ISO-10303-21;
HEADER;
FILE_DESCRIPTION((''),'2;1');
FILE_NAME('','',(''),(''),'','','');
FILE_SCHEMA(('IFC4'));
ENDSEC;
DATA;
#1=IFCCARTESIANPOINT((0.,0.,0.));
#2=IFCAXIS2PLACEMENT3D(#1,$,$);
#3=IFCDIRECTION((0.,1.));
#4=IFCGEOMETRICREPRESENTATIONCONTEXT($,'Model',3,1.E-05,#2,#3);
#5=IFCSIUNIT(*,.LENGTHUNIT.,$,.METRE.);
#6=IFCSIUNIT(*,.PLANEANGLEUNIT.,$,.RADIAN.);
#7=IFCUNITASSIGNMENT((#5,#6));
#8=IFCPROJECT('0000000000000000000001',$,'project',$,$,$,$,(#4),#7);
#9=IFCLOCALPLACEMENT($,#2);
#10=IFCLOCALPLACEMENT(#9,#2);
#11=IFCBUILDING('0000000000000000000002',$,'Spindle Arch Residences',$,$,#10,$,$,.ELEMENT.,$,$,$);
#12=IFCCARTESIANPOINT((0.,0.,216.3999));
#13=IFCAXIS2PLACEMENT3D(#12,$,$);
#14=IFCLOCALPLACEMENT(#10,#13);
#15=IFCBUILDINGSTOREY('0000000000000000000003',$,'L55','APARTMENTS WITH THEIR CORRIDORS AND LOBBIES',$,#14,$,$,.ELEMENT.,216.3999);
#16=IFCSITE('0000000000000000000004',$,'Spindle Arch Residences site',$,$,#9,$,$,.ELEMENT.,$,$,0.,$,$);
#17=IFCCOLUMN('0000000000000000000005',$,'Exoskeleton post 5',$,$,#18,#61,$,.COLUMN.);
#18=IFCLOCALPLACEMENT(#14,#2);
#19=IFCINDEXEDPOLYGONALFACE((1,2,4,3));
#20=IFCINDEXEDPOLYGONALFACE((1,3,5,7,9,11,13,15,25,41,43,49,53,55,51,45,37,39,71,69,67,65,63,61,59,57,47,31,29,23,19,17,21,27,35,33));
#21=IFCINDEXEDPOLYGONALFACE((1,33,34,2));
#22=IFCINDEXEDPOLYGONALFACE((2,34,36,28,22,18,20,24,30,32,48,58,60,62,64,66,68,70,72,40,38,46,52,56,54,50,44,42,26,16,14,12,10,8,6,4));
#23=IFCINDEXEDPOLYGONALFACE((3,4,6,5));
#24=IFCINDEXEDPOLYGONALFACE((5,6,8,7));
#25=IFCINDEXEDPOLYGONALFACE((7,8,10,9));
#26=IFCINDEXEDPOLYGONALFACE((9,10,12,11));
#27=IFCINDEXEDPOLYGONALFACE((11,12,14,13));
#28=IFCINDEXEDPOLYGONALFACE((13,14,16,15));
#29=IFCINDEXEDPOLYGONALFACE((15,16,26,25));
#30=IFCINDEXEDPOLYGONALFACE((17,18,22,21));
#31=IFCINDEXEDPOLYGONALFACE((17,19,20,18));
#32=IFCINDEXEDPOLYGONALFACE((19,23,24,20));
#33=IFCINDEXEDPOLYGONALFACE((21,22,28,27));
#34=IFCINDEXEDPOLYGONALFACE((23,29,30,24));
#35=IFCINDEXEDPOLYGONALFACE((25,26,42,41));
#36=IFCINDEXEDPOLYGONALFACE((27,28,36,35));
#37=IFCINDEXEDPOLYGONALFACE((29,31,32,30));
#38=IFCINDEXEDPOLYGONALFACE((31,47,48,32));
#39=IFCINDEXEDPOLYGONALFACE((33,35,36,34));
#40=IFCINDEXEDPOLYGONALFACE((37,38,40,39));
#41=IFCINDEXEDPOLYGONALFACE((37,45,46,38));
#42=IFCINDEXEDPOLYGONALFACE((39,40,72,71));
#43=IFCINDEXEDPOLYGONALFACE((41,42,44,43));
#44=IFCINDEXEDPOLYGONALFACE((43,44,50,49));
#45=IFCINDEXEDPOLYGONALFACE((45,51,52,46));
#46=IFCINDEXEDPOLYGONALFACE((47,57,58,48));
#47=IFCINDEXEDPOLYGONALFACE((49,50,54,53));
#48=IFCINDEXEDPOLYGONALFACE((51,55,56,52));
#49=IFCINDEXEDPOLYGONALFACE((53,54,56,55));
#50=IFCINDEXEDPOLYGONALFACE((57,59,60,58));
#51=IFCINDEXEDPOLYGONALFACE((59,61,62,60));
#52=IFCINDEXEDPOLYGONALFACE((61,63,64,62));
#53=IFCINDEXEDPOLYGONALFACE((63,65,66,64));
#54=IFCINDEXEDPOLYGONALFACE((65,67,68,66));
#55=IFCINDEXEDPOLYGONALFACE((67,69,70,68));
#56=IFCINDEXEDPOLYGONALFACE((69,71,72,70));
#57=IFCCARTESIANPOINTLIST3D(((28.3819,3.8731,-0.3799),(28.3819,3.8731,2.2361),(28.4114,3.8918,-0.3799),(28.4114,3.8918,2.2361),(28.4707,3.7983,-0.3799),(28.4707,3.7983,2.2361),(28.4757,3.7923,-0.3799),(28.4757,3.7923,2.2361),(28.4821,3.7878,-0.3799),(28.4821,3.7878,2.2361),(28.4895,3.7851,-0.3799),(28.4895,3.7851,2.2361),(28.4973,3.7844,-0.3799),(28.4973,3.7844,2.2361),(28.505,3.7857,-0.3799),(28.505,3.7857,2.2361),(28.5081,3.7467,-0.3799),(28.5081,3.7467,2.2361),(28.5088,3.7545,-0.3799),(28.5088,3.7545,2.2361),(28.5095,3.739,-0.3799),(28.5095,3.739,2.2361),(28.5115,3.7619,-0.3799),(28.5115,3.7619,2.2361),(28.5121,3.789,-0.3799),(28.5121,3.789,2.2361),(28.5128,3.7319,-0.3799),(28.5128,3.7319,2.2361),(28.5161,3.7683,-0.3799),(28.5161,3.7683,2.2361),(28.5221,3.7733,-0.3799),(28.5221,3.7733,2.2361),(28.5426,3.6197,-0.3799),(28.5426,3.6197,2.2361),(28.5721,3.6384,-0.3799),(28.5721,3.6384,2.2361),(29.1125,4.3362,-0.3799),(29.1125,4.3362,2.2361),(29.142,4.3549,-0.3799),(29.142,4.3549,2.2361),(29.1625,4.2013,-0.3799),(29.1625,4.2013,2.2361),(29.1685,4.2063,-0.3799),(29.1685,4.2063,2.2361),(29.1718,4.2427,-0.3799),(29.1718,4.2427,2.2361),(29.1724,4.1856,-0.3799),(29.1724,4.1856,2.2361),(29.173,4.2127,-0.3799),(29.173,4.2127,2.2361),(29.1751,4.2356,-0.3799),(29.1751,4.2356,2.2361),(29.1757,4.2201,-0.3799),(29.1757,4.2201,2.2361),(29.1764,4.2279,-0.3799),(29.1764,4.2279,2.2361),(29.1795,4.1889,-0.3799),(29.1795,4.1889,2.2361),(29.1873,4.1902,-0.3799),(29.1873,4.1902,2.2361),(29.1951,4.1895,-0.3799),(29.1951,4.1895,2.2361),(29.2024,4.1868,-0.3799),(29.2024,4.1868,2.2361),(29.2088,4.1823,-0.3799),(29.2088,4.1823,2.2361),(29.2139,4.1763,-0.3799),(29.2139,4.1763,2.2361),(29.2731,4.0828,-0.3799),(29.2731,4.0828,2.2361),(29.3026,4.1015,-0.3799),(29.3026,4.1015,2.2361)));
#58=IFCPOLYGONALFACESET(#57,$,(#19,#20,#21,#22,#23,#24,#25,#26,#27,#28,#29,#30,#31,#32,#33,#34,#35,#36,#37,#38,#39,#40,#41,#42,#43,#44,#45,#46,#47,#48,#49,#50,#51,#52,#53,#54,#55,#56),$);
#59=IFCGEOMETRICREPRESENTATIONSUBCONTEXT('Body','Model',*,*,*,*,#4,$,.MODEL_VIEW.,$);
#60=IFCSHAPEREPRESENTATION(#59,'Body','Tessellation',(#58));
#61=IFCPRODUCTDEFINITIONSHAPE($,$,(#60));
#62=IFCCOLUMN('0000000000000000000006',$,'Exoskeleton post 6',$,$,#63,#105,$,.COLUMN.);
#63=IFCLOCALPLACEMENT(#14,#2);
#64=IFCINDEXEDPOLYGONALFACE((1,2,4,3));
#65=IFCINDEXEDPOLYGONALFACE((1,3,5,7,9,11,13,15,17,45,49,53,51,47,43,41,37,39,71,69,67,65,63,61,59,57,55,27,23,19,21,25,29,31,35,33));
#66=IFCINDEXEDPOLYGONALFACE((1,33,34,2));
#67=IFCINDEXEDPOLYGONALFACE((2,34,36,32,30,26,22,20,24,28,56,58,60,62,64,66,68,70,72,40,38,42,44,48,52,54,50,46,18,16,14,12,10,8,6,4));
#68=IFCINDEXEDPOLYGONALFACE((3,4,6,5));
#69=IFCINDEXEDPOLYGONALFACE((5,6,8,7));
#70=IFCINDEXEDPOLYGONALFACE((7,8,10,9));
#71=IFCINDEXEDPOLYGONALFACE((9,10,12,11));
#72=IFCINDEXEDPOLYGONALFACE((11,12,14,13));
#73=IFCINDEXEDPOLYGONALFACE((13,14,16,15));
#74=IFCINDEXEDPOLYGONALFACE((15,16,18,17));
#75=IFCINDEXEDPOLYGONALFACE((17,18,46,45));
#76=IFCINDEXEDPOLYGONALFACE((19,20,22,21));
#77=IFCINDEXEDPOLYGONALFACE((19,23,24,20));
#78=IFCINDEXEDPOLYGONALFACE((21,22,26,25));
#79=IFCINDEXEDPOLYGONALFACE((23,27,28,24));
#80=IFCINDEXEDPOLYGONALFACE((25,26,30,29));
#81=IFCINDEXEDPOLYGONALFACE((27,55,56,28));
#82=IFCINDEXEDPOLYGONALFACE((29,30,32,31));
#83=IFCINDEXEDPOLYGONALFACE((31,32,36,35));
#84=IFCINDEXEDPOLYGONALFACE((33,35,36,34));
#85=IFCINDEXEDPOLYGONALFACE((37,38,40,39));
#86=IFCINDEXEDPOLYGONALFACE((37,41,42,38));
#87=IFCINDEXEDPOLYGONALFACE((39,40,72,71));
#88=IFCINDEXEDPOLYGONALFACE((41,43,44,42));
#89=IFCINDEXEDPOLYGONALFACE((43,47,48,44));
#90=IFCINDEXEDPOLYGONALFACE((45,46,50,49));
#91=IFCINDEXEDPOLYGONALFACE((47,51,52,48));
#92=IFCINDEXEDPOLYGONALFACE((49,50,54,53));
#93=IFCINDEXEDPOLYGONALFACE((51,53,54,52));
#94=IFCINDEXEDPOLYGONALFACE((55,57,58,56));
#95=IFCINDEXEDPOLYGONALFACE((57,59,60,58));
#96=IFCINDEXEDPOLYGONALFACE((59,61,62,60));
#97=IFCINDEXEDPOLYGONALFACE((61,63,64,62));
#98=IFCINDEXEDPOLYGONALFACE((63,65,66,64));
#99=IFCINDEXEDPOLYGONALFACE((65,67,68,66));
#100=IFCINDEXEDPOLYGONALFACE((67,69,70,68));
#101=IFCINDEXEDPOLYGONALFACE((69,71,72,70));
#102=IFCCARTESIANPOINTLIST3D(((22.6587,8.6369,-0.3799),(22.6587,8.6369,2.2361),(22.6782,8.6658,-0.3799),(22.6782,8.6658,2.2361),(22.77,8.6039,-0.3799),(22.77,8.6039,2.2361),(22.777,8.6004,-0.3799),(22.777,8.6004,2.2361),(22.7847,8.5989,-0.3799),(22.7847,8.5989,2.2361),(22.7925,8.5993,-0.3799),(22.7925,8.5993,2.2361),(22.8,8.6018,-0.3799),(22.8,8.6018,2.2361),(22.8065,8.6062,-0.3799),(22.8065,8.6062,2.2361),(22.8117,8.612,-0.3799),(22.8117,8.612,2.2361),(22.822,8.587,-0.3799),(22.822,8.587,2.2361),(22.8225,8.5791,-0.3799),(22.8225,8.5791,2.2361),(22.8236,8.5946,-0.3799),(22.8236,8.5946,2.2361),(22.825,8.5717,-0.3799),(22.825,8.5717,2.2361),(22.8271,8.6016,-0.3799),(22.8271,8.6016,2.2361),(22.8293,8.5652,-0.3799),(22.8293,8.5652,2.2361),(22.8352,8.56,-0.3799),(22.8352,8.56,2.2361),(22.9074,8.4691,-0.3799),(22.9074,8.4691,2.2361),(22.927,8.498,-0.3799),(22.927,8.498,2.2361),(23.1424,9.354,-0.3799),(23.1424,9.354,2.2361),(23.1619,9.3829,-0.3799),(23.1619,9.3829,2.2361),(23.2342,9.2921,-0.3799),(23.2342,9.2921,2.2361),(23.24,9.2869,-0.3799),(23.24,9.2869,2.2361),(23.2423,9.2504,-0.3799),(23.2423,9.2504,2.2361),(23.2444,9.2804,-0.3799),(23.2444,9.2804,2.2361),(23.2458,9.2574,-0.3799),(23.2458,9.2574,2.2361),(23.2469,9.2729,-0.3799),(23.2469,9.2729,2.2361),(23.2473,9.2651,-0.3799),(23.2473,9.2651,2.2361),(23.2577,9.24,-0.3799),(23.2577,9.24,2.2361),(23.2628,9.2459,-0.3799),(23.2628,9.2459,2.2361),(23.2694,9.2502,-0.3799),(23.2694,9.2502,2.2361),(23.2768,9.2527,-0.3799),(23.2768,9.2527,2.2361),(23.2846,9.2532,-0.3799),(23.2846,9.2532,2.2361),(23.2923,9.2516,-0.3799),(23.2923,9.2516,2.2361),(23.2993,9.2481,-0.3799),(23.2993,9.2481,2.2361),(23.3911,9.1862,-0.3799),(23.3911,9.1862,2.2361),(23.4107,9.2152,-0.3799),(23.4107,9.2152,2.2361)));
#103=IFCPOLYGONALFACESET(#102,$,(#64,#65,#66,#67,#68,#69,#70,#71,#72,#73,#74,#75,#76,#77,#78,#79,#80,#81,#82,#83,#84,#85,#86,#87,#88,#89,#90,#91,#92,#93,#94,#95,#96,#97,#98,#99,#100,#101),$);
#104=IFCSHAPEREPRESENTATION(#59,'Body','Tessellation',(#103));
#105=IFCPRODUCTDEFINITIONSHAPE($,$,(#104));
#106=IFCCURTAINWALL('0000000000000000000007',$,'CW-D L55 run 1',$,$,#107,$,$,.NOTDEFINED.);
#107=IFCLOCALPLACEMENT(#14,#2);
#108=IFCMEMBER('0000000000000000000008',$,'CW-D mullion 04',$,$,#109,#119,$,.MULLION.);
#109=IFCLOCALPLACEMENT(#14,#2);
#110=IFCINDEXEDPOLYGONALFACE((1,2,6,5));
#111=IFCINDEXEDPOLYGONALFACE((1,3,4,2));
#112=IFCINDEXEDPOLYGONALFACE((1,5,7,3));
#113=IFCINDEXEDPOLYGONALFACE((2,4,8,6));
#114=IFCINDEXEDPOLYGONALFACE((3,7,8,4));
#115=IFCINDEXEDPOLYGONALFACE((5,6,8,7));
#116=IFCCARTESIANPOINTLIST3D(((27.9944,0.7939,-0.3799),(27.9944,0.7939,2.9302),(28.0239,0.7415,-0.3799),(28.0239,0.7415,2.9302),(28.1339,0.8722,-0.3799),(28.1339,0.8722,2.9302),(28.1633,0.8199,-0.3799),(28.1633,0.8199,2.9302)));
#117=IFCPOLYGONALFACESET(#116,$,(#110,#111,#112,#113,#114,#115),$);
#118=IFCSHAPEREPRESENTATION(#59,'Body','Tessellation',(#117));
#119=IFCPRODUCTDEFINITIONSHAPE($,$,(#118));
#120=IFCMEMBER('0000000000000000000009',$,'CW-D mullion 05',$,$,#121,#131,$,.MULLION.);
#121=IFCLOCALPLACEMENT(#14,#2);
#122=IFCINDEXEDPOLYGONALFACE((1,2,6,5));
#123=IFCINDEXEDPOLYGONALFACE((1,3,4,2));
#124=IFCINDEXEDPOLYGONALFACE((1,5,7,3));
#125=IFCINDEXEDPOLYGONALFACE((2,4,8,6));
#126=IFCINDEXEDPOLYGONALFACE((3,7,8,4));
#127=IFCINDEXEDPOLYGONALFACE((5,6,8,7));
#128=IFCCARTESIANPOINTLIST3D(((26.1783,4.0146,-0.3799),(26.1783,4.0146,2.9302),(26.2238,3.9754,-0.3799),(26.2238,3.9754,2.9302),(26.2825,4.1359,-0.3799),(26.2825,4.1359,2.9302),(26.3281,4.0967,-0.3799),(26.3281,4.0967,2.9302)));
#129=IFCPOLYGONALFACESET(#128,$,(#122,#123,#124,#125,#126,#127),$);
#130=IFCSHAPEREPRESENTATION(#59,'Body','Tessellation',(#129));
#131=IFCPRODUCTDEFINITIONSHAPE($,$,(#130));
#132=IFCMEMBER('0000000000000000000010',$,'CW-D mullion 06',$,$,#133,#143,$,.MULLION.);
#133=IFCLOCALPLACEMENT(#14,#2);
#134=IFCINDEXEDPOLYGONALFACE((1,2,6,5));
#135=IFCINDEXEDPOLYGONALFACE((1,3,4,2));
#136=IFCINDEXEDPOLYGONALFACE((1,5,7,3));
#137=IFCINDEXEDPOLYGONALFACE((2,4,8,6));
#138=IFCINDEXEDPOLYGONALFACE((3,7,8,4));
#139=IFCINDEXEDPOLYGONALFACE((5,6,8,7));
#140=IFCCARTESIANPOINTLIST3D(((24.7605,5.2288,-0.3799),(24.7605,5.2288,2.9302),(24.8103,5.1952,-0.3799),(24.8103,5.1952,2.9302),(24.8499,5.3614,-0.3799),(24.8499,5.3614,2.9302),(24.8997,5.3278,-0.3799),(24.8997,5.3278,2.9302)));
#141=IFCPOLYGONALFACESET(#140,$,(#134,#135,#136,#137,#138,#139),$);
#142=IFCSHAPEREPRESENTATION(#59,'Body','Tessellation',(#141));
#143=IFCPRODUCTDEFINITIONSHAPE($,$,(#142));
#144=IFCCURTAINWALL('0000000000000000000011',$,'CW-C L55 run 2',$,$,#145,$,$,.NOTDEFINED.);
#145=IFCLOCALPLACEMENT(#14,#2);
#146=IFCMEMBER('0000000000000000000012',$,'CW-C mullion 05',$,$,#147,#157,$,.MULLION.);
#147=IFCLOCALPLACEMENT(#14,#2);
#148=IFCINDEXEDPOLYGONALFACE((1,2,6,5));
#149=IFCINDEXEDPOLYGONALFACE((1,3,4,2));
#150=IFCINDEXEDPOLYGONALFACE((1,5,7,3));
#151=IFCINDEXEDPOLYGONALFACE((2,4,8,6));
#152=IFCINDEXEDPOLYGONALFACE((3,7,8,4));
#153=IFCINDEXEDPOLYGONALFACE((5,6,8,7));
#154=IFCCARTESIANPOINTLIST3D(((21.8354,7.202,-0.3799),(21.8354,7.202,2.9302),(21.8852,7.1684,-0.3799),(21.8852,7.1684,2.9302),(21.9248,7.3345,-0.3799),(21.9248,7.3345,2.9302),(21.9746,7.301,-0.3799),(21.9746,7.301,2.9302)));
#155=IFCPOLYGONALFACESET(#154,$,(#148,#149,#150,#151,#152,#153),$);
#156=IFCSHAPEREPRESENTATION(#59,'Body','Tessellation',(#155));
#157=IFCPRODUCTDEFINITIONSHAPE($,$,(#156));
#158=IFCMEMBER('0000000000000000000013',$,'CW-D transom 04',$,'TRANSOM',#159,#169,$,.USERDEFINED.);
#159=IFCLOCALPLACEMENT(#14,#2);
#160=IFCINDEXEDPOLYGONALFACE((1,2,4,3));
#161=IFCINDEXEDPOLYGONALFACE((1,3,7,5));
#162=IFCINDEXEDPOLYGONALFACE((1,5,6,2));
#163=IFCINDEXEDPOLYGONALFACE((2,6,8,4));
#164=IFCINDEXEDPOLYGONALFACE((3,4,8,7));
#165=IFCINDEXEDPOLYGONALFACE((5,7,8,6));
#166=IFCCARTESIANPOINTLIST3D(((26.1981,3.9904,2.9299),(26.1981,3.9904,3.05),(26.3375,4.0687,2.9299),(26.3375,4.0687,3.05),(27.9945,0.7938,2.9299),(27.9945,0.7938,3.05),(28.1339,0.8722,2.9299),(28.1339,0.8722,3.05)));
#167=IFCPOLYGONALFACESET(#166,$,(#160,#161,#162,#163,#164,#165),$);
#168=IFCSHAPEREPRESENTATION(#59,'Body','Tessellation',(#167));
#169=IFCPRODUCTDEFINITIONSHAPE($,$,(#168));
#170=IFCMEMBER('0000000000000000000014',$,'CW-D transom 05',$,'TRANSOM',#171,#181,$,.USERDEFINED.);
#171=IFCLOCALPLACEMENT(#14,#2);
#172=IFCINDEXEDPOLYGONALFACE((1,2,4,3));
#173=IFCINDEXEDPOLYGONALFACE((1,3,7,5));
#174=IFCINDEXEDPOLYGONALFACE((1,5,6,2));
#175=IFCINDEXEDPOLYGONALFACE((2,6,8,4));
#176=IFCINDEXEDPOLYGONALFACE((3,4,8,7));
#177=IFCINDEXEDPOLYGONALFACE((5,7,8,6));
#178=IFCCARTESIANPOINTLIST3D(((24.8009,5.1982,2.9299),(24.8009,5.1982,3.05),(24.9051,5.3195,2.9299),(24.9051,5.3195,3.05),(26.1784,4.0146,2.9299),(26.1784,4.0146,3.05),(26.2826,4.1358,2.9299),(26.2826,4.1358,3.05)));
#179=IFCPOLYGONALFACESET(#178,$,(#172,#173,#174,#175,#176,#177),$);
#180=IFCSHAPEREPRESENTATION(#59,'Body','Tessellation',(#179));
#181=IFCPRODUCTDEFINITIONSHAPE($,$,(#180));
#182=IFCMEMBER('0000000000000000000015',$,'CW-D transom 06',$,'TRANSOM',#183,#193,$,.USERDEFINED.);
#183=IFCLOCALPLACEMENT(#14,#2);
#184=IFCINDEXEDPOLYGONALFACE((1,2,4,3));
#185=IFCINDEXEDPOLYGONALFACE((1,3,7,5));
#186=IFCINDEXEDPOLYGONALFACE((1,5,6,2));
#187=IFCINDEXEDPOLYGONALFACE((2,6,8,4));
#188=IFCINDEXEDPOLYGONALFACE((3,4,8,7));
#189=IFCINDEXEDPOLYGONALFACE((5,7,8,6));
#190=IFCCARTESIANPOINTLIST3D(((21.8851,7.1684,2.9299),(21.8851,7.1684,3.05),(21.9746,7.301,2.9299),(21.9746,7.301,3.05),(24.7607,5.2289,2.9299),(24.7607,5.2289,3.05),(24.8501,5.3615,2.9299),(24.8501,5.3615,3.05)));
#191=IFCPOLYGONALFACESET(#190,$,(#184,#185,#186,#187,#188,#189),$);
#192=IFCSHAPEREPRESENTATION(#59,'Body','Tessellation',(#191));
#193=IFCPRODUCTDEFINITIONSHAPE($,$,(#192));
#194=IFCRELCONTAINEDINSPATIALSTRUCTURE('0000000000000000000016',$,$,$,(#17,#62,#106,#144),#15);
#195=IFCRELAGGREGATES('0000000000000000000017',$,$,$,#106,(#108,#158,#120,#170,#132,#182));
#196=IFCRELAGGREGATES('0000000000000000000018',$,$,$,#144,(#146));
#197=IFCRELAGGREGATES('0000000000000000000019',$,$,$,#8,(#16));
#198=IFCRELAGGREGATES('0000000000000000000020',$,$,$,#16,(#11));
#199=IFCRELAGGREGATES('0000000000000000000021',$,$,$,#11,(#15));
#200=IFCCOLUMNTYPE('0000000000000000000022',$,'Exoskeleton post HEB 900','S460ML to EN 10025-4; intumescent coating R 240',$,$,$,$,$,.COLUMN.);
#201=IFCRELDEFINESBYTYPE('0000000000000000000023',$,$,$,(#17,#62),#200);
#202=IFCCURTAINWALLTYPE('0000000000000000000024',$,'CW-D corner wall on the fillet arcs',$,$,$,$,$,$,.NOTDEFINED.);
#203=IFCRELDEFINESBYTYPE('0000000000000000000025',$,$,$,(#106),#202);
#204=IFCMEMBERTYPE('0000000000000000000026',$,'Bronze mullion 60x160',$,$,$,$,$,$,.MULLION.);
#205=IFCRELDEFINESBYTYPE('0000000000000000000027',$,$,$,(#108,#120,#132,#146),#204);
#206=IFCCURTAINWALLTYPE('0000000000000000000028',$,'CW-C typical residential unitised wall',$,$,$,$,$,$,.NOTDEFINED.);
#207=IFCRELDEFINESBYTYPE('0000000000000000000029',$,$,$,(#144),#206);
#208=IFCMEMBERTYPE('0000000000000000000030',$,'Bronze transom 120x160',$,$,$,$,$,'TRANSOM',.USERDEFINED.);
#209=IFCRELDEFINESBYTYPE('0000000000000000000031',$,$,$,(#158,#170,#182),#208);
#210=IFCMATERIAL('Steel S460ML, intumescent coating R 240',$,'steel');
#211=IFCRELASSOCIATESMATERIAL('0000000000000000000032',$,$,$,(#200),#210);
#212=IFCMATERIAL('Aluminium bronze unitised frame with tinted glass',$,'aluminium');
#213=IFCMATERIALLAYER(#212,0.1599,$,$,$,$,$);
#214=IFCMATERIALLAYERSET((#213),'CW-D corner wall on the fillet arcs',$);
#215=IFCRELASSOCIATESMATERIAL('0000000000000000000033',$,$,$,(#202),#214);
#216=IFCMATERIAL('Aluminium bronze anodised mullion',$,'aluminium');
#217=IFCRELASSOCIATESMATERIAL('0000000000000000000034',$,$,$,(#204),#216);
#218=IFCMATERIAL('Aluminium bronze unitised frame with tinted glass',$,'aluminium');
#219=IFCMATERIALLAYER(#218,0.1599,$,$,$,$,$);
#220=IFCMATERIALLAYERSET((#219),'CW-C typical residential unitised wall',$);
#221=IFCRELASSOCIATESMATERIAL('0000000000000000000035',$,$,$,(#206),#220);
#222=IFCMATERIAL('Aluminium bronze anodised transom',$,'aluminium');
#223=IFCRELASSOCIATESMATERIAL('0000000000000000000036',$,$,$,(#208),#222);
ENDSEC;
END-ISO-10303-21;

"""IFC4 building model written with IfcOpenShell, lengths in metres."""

from ifc_helpers import new_model, si_unit, direction, frame, origin, origin_2d, place, context, subcontext, project, spatial, rectangle, i_section, extrude, material, layer, layer_set, material_profile, profile_set, type_object, element, aggregate, save


model = new_model("IFC4")

# Units and contexts
model_context = context("Model", 3, precision=1e-05, world=origin(), true_north=direction((0.0, 1.0)))
body_context = subcontext(model_context, "Body", "Model", "MODEL_VIEW")
ifc_project = project(units=[si_unit("LENGTHUNIT", "METRE"), si_unit("PLANEANGLEUNIT", "RADIAN")], contexts=[model_context])

# Site, building, storey
site_placement = place(None, origin())
site = spatial("IfcSite", under=ifc_project, at=site_placement, Name="Spindle Arch Residences site", CompositionType="ELEMENT", RefElevation=0.0)
building_placement = place(site_placement, origin())
building = spatial("IfcBuilding", under=site, at=building_placement, Name="Spindle Arch Residences", CompositionType="ELEMENT")
storey_placement = place(building_placement, frame((0.0, 0.0, 216.3999)))
storey = spatial("IfcBuildingStorey", under=building, at=storey_placement, Name="L55", Description="APARTMENTS WITH THEIR CORRIDORS AND LOBBIES", CompositionType="ELEMENT", Elevation=216.3999)

# Columns
ifc_material_1 = material(Name="Steel S460ML, intumescent coating R 240", Category="steel")
ifc_material_profile_1 = material_profile(ifc_material_1, i_section(OverallWidth=0.3, OverallDepth=0.8999, WebThickness=0.0186, FlangeThickness=0.0349, FilletRadius=0.03, at=origin_2d()), Name="HEB 900")
ifc_profile_set_1 = profile_set([ifc_material_profile_1], Name="Steel S460ML, intumescent coating R 240")
column_type = type_object("IfcColumnType", Name="Exoskeleton post HEB 900", Description="S460ML to EN 10025-4; intumescent coating R 240", PredefinedType="COLUMN", material=ifc_profile_set_1)
for number, where, z_axis, x_axis, name in (
    (1, (28.8423, 3.9873, -0.3799), (0.0, 0.0, 1.0), (0.5354, -0.844598, 0.0), "Exoskeleton post 5"),
    (2, (23.0347, 8.926, -0.3799), (0.0, 0.0, 1.0), (0.829038, -0.559193, 0.0), "Exoskeleton post 6"),
):
    element("IfcColumn", number, at=place(storey_placement, frame(where, z_axis=z_axis, x_axis=x_axis)), inside=storey, type_object=column_type, Name=name, PredefinedType="COLUMN", context=body_context, shape_type="SweptSolid", body=[
        extrude(i_section(OverallWidth=0.3, OverallDepth=0.8999, WebThickness=0.0186, FlangeThickness=0.0349, FilletRadius=0.03, at=origin_2d()), origin(), (0.0, 0.0, 1.0), 2.616),
    ])

# Curtain wall, members
ifc_material_2 = material(Name="Aluminium bronze unitised frame with tinted glass", Category="aluminium")
ifc_layer_1 = layer(ifc_material_2, 0.1599)
ifc_layer_set_1 = layer_set([ifc_layer_1], Name="CW-D corner wall on the fillet arcs")
curtain_wall_type_1 = type_object("IfcCurtainWallType", Name="CW-D corner wall on the fillet arcs", PredefinedType="NOTDEFINED", material=ifc_layer_set_1)
curtain_wall_1_placement = place(storey_placement, origin())
curtain_wall_1 = element("IfcCurtainWall", 3, at=curtain_wall_1_placement, inside=storey, type_object=curtain_wall_type_1, Name="CW-D L55 run 1", PredefinedType="NOTDEFINED")
ifc_material_3 = material(Name="Aluminium bronze anodised mullion", Category="aluminium")
ifc_material_profile_2 = material_profile(ifc_material_3, rectangle(XDim=0.1599, YDim=0.0601, at=origin_2d()), Name="MU 60x160")
ifc_profile_set_2 = profile_set([ifc_material_profile_2], Name="Aluminium bronze anodised mullion")
member_type_1 = type_object("IfcMemberType", Name="Bronze mullion 60x160", PredefinedType="MULLION", material=ifc_profile_set_2)
member_1_placement = place(storey_placement, frame((28.0789, 0.8069, -0.3799), z_axis=(0.0, 0.0, 1.0), x_axis=(-0.871784, -0.48989, 0.0)))
member_1 = element("IfcMember", 4, at=member_1_placement, type_object=member_type_1, Name="CW-D mullion 04", PredefinedType="MULLION", context=body_context, shape_type="SweptSolid", body=[
    extrude(rectangle(XDim=0.1599, YDim=0.0601, at=origin_2d()), origin(), (0.0, 0.0, 1.0), 3.3101),
])
member_2_placement = place(storey_placement, frame((26.2532, 4.0557, -0.3799), z_axis=(0.0, 0.0, 1.0), x_axis=(-0.651657, -0.758514, 0.0)))
member_2 = element("IfcMember", 5, at=member_2_placement, type_object=member_type_1, Name="CW-D mullion 05", PredefinedType="MULLION", context=body_context, shape_type="SweptSolid", body=[
    extrude(rectangle(XDim=0.1599, YDim=0.0601, at=origin_2d()), origin(), (0.0, 0.0, 1.0), 3.3101),
])
member_3_placement = place(storey_placement, frame((24.8301, 5.2783, -0.3799), z_axis=(0.0, 0.0, 1.0), x_axis=(-0.559193, -0.829038, 0.0)))
member_3 = element("IfcMember", 6, at=member_3_placement, type_object=member_type_1, Name="CW-D mullion 06", PredefinedType="MULLION", context=body_context, shape_type="SweptSolid", body=[
    extrude(rectangle(XDim=0.1599, YDim=0.0601, at=origin_2d()), origin(), (0.0, 0.0, 1.0), 3.3101),
])

# Curtain wall, member
ifc_material_4 = material(Name="Aluminium bronze unitised frame with tinted glass", Category="aluminium")
ifc_layer_2 = layer(ifc_material_4, 0.1599)
ifc_layer_set_2 = layer_set([ifc_layer_2], Name="CW-C typical residential unitised wall")
curtain_wall_type_2 = type_object("IfcCurtainWallType", Name="CW-C typical residential unitised wall", PredefinedType="NOTDEFINED", material=ifc_layer_set_2)
curtain_wall_2_placement = place(storey_placement, origin())
curtain_wall_2 = element("IfcCurtainWall", 7, at=curtain_wall_2_placement, inside=storey, type_object=curtain_wall_type_2, Name="CW-C L55 run 2", PredefinedType="NOTDEFINED")
member_4_placement = place(storey_placement, frame((21.905, 7.2515, -0.3799), z_axis=(0.0, 0.0, 1.0), x_axis=(-0.559193, -0.829038, 0.0)))
member_4 = element("IfcMember", 8, at=member_4_placement, type_object=member_type_1, Name="CW-C mullion 05", PredefinedType="MULLION", context=body_context, shape_type="SweptSolid", body=[
    extrude(rectangle(XDim=0.1599, YDim=0.0601, at=origin_2d()), origin(), (0.0, 0.0, 1.0), 3.3101),
])

# Members
ifc_material_5 = material(Name="Aluminium bronze anodised transom", Category="aluminium")
ifc_material_profile_3 = material_profile(ifc_material_5, rectangle(XDim=0.1599, YDim=0.1201, at=origin_2d()), Name="TR 120x160")
ifc_profile_set_3 = profile_set([ifc_material_profile_3], Name="Aluminium bronze anodised transom")
member_type_2 = type_object("IfcMemberType", Name="Bronze transom 120x160", ElementType="TRANSOM", PredefinedType="USERDEFINED", material=ifc_profile_set_3)
member_5_placement = place(storey_placement, frame((28.0642, 0.833, 2.99), z_axis=(-0.489917, 0.871769, 0.0), x_axis=(-0.871769, -0.489917, 0.0)))
member_5 = element("IfcMember", 9, at=member_5_placement, type_object=member_type_2, Name="CW-D transom 04", ObjectType="TRANSOM", PredefinedType="USERDEFINED", context=body_context, shape_type="SweptSolid", body=[
    extrude(rectangle(XDim=0.1599, YDim=0.1201, at=origin_2d()), origin(), (0.0, 0.0, 1.0), 3.6667),
])
member_6_placement = place(storey_placement, frame((26.2305, 4.0752, 2.99), z_axis=(-0.758459, 0.651721, 0.0), x_axis=(-0.651721, -0.758459, 0.0)))
member_6 = element("IfcMember", 10, at=member_6_placement, type_object=member_type_2, Name="CW-D transom 05", ObjectType="TRANSOM", PredefinedType="USERDEFINED", context=body_context, shape_type="SweptSolid", body=[
    extrude(rectangle(XDim=0.1599, YDim=0.1201, at=origin_2d()), origin(), (0.0, 0.0, 1.0), 1.8162),
])
member_7_placement = place(storey_placement, frame((24.8054, 5.2952, 2.99), z_axis=(-0.829049, 0.559175, 0.0), x_axis=(-0.559175, -0.829049, 0.0)))
member_7 = element("IfcMember", 11, at=member_7_placement, type_object=member_type_2, Name="CW-D transom 06", ObjectType="TRANSOM", PredefinedType="USERDEFINED", context=body_context, shape_type="SweptSolid", body=[
    extrude(rectangle(XDim=0.1599, YDim=0.1201, at=origin_2d()), origin(), (0.0, 0.0, 1.0), 3.4685),
])

aggregate(curtain_wall_1, [member_1, member_5, member_2, member_6, member_3, member_7])
aggregate(curtain_wall_2, [member_4])

save(model, "model.ifc")
